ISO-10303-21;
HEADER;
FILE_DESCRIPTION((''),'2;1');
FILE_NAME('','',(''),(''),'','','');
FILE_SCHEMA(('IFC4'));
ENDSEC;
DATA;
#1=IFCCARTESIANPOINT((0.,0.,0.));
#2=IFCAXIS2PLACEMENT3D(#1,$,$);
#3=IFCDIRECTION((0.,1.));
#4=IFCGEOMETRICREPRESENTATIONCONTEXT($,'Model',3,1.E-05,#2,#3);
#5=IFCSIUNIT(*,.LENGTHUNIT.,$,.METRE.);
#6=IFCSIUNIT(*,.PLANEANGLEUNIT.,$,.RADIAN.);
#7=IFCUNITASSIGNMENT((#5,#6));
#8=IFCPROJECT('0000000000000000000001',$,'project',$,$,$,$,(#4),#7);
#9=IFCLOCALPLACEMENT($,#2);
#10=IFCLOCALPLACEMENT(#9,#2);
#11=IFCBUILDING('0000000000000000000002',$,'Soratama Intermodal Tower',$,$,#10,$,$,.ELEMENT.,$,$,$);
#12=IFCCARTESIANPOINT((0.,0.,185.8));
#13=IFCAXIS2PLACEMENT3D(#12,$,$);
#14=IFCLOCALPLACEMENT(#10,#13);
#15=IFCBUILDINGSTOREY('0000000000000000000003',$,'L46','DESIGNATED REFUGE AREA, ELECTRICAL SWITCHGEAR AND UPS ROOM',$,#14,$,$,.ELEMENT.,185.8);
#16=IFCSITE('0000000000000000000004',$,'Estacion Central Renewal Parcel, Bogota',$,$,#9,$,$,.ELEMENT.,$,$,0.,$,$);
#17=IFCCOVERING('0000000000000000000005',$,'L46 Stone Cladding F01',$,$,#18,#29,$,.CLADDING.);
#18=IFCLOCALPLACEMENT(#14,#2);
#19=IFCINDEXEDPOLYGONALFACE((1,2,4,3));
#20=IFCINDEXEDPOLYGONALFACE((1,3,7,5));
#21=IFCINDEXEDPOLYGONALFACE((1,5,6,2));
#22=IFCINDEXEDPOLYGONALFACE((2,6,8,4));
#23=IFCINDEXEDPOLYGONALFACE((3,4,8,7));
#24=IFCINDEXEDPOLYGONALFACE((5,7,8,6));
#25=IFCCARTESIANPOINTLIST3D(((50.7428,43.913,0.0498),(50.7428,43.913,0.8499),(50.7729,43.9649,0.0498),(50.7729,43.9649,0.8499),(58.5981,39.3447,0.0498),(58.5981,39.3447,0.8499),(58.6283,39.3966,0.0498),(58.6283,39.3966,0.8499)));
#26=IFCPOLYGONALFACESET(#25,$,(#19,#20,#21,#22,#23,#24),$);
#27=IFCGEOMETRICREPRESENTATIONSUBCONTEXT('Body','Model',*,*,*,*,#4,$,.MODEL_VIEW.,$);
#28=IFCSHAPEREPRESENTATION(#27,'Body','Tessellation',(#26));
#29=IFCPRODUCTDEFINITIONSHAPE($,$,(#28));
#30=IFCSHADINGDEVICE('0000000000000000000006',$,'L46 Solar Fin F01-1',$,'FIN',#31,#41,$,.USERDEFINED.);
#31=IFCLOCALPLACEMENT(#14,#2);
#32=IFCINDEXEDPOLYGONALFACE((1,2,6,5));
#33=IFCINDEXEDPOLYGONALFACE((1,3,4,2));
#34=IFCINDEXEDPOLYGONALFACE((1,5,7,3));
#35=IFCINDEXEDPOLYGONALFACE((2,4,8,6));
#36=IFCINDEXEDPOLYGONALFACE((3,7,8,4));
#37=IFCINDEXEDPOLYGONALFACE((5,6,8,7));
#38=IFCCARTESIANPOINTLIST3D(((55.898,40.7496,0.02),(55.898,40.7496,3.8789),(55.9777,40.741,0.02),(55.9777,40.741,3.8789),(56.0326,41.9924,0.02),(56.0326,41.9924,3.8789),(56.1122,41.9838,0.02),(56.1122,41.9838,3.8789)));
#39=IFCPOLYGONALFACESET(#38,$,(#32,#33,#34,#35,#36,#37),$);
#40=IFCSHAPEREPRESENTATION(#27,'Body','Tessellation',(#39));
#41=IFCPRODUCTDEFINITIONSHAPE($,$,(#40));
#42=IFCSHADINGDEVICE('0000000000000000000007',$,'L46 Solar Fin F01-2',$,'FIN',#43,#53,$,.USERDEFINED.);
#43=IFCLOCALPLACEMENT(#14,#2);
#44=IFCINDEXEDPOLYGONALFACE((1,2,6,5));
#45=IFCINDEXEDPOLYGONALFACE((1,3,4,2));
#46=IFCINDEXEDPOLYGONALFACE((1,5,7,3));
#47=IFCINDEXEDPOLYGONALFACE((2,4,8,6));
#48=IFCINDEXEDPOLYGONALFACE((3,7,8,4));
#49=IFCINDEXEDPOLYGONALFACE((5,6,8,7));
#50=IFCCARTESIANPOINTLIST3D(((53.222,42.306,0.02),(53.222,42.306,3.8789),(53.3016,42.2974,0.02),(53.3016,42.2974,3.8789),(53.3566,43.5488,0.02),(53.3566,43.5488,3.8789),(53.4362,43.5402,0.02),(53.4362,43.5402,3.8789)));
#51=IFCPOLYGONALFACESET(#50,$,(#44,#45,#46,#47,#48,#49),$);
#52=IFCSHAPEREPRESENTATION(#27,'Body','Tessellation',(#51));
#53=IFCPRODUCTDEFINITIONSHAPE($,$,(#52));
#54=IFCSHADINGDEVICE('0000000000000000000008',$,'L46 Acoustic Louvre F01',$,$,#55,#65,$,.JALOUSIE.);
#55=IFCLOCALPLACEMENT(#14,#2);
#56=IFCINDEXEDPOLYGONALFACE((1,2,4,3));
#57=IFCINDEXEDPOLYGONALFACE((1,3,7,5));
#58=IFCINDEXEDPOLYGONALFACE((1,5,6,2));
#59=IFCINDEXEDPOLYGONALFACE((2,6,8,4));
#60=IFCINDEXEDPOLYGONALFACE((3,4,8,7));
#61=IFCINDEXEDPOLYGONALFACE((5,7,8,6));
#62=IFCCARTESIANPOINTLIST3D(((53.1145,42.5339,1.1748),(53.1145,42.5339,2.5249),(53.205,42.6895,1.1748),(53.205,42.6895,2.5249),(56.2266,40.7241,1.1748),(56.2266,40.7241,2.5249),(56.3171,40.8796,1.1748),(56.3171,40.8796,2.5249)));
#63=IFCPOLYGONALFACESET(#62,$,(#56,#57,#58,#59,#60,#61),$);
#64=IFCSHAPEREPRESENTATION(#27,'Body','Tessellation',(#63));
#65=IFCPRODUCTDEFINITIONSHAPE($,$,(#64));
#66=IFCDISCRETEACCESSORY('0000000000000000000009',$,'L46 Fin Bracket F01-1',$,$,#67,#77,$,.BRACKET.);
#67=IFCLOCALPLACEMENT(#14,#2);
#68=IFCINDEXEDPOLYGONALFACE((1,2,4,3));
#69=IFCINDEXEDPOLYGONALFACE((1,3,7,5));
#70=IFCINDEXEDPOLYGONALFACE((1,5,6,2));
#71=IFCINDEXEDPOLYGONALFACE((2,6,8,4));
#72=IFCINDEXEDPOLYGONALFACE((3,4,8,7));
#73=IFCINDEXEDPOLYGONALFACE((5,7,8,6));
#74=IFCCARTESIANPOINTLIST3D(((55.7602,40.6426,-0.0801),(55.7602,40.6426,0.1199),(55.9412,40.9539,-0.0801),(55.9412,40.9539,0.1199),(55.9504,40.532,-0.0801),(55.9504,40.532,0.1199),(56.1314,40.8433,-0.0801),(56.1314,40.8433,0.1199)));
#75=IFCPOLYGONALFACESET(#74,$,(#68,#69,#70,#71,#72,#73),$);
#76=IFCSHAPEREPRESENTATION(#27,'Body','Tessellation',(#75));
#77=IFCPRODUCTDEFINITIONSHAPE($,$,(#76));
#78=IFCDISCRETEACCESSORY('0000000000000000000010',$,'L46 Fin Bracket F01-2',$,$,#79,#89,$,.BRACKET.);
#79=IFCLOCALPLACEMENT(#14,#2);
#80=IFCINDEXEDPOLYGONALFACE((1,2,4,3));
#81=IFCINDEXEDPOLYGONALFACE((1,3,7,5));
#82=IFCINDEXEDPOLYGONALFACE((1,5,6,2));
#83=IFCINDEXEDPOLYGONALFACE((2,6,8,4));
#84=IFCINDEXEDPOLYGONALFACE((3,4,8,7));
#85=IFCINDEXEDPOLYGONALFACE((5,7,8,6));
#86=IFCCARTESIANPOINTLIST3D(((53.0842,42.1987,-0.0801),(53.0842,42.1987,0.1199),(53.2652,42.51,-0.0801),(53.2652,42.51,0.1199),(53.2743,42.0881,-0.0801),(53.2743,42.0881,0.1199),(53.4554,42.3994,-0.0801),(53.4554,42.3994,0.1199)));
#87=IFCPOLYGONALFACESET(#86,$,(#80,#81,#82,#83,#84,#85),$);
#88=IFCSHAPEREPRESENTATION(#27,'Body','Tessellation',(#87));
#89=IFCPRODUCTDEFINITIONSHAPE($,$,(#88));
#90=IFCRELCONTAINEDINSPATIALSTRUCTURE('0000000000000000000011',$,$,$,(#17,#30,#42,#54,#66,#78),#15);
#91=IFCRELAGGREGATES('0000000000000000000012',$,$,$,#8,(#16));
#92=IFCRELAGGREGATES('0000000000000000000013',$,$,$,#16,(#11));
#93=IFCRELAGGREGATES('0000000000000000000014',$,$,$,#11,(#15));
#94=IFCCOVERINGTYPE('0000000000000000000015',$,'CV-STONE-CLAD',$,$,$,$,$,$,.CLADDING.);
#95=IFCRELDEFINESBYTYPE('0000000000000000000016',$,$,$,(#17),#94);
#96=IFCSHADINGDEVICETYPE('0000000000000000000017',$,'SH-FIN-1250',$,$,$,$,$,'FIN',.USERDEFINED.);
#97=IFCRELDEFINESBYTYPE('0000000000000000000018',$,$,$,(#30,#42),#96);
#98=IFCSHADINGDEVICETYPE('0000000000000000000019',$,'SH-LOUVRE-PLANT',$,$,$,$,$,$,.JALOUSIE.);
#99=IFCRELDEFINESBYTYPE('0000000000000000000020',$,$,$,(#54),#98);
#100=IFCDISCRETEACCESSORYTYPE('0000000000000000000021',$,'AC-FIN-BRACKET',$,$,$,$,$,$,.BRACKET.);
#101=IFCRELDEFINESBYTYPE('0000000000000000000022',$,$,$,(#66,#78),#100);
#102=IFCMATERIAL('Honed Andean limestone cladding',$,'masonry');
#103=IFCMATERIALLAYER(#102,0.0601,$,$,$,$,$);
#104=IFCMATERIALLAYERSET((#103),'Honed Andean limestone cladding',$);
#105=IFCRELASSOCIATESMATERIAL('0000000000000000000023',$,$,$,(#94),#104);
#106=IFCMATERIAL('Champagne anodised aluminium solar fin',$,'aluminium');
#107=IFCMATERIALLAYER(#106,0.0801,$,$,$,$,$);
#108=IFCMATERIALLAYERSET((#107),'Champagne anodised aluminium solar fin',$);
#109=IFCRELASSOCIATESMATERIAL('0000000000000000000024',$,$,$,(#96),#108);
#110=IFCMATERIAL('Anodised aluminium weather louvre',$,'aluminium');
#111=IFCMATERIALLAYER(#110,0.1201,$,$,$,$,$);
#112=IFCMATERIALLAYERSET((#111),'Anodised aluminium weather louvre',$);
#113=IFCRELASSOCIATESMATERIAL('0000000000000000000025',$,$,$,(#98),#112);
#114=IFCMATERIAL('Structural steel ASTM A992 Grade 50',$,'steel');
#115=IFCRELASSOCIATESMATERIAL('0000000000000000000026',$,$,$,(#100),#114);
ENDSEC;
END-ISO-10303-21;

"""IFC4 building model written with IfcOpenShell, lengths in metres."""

from ifc_helpers import new_model, si_unit, direction, frame, origin, origin_2d, place, context, subcontext, project, spatial, rectangle, extrude, material, layer, layer_set, type_object, element, save


model = new_model("IFC4")

# Units and contexts
model_context = context("Model", 3, precision=1e-05, world=origin(), true_north=direction((0.0, 1.0)))
body_context = subcontext(model_context, "Body", "Model", "MODEL_VIEW")
ifc_project = project(units=[si_unit("LENGTHUNIT", "METRE"), si_unit("PLANEANGLEUNIT", "RADIAN")], contexts=[model_context])

# Site, building, storey
site_placement = place(None, origin())
site = spatial("IfcSite", under=ifc_project, at=site_placement, Name="Estacion Central Renewal Parcel, Bogota", CompositionType="ELEMENT", RefElevation=0.0)
building_placement = place(site_placement, origin())
building = spatial("IfcBuilding", under=site, at=building_placement, Name="Soratama Intermodal Tower", CompositionType="ELEMENT")
storey_placement = place(building_placement, frame((0.0, 0.0, 185.8)))
storey = spatial("IfcBuildingStorey", under=building, at=storey_placement, Name="L46", Description="DESIGNATED REFUGE AREA, ELECTRICAL SWITCHGEAR AND UPS ROOM", CompositionType="ELEMENT", Elevation=185.8)

# Covering
ifc_material_1 = material(Name="Honed Andean limestone cladding", Category="masonry")
ifc_layer_1 = layer(ifc_material_1, 0.0601)
ifc_layer_set_1 = layer_set([ifc_layer_1], Name="Honed Andean limestone cladding")
covering_type = type_object("IfcCoveringType", Name="CV-STONE-CLAD", PredefinedType="CLADDING", material=ifc_layer_set_1)
covering_placement = place(storey_placement, frame((54.6855, 41.6548, 0.0498), z_axis=(0.0, 0.0, 1.0), x_axis=(-0.86445, 0.502718, 0.0)))
element("IfcCovering", 1, at=covering_placement, inside=storey, type_object=covering_type, Name="L46 Stone Cladding F01", PredefinedType="CLADDING", context=body_context, shape_type="SweptSolid", body=[
    extrude(rectangle(XDim=9.0872, YDim=0.0601, at=origin_2d()), origin(), (0.0, 0.0, 1.0), 0.8),
])

# Shading devices
ifc_material_2 = material(Name="Champagne anodised aluminium solar fin", Category="aluminium")
ifc_layer_2 = layer(ifc_material_2, 0.0801)
ifc_layer_set_2 = layer_set([ifc_layer_2], Name="Champagne anodised aluminium solar fin")
shading_device_type_1 = type_object("IfcShadingDeviceType", Name="SH-FIN-1250", ElementType="FIN", PredefinedType="USERDEFINED", material=ifc_layer_set_2)
for number, where, z_axis, x_axis, name in (
    (2, (56.0051, 41.3667, 0.02), (0.0, 0.0, 1.0), (0.107652, 0.994189, 0.0), "L46 Solar Fin F01-1"),
    (3, (53.3291, 42.9231, 0.02), (0.0, 0.0, 1.0), (0.107652, 0.994189, 0.0), "L46 Solar Fin F01-2"),
):
    element("IfcShadingDevice", number, at=place(storey_placement, frame(where, z_axis=z_axis, x_axis=x_axis)), inside=storey, type_object=shading_device_type_1, Name=name, ObjectType="FIN", PredefinedType="USERDEFINED", context=body_context, shape_type="SweptSolid", body=[
        extrude(rectangle(XDim=1.25, YDim=0.0801, at=origin_2d()), origin(), (0.0, 0.0, 1.0), 3.8589),
    ])
ifc_material_3 = material(Name="Anodised aluminium weather louvre", Category="aluminium")
ifc_layer_3 = layer(ifc_material_3, 0.1201)
ifc_layer_set_3 = layer_set([ifc_layer_3], Name="Anodised aluminium weather louvre")
shading_device_type_2 = type_object("IfcShadingDeviceType", Name="SH-LOUVRE-PLANT", PredefinedType="JALOUSIE", material=ifc_layer_set_3)
shading_device_placement = place(storey_placement, frame((54.7158, 41.7068, 1.1748), z_axis=(0.0, 0.0, 1.0), x_axis=(-0.86445, 0.502718, 0.0)))
element("IfcShadingDevice", 4, at=shading_device_placement, inside=storey, type_object=shading_device_type_2, Name="L46 Acoustic Louvre F01", PredefinedType="JALOUSIE", context=body_context, shape_type="SweptSolid", body=[
    extrude(rectangle(XDim=3.6001, YDim=0.1799, at=origin_2d()), origin(), (0.0, 0.0, 1.0), 1.3501),
])

# Discrete accessories
ifc_material_4 = material(Name="Structural steel ASTM A992 Grade 50", Category="steel")
discrete_accessory_type = type_object("IfcDiscreteAccessoryType", Name="AC-FIN-BRACKET", PredefinedType="BRACKET", material=ifc_material_4)
for number, where, z_axis, x_axis, name in (
    (5, (55.9458, 40.7429, -0.0801), (0.0, 0.0, 1.0), (0.502718, 0.86445, 0.0), "L46 Fin Bracket F01-1"),
    (6, (53.2698, 42.2991, -0.0801), (0.0, 0.0, 1.0), (0.502718, 0.86445, 0.0), "L46 Fin Bracket F01-2"),
):
    element("IfcDiscreteAccessory", number, at=place(storey_placement, frame(where, z_axis=z_axis, x_axis=x_axis)), inside=storey, type_object=discrete_accessory_type, Name=name, PredefinedType="BRACKET", context=body_context, shape_type="SweptSolid", body=[
        extrude(rectangle(XDim=0.3601, YDim=0.22, at=origin_2d()), origin(), (0.0, 0.0, 1.0), 0.2),
    ])

save(model, "model.ifc")
